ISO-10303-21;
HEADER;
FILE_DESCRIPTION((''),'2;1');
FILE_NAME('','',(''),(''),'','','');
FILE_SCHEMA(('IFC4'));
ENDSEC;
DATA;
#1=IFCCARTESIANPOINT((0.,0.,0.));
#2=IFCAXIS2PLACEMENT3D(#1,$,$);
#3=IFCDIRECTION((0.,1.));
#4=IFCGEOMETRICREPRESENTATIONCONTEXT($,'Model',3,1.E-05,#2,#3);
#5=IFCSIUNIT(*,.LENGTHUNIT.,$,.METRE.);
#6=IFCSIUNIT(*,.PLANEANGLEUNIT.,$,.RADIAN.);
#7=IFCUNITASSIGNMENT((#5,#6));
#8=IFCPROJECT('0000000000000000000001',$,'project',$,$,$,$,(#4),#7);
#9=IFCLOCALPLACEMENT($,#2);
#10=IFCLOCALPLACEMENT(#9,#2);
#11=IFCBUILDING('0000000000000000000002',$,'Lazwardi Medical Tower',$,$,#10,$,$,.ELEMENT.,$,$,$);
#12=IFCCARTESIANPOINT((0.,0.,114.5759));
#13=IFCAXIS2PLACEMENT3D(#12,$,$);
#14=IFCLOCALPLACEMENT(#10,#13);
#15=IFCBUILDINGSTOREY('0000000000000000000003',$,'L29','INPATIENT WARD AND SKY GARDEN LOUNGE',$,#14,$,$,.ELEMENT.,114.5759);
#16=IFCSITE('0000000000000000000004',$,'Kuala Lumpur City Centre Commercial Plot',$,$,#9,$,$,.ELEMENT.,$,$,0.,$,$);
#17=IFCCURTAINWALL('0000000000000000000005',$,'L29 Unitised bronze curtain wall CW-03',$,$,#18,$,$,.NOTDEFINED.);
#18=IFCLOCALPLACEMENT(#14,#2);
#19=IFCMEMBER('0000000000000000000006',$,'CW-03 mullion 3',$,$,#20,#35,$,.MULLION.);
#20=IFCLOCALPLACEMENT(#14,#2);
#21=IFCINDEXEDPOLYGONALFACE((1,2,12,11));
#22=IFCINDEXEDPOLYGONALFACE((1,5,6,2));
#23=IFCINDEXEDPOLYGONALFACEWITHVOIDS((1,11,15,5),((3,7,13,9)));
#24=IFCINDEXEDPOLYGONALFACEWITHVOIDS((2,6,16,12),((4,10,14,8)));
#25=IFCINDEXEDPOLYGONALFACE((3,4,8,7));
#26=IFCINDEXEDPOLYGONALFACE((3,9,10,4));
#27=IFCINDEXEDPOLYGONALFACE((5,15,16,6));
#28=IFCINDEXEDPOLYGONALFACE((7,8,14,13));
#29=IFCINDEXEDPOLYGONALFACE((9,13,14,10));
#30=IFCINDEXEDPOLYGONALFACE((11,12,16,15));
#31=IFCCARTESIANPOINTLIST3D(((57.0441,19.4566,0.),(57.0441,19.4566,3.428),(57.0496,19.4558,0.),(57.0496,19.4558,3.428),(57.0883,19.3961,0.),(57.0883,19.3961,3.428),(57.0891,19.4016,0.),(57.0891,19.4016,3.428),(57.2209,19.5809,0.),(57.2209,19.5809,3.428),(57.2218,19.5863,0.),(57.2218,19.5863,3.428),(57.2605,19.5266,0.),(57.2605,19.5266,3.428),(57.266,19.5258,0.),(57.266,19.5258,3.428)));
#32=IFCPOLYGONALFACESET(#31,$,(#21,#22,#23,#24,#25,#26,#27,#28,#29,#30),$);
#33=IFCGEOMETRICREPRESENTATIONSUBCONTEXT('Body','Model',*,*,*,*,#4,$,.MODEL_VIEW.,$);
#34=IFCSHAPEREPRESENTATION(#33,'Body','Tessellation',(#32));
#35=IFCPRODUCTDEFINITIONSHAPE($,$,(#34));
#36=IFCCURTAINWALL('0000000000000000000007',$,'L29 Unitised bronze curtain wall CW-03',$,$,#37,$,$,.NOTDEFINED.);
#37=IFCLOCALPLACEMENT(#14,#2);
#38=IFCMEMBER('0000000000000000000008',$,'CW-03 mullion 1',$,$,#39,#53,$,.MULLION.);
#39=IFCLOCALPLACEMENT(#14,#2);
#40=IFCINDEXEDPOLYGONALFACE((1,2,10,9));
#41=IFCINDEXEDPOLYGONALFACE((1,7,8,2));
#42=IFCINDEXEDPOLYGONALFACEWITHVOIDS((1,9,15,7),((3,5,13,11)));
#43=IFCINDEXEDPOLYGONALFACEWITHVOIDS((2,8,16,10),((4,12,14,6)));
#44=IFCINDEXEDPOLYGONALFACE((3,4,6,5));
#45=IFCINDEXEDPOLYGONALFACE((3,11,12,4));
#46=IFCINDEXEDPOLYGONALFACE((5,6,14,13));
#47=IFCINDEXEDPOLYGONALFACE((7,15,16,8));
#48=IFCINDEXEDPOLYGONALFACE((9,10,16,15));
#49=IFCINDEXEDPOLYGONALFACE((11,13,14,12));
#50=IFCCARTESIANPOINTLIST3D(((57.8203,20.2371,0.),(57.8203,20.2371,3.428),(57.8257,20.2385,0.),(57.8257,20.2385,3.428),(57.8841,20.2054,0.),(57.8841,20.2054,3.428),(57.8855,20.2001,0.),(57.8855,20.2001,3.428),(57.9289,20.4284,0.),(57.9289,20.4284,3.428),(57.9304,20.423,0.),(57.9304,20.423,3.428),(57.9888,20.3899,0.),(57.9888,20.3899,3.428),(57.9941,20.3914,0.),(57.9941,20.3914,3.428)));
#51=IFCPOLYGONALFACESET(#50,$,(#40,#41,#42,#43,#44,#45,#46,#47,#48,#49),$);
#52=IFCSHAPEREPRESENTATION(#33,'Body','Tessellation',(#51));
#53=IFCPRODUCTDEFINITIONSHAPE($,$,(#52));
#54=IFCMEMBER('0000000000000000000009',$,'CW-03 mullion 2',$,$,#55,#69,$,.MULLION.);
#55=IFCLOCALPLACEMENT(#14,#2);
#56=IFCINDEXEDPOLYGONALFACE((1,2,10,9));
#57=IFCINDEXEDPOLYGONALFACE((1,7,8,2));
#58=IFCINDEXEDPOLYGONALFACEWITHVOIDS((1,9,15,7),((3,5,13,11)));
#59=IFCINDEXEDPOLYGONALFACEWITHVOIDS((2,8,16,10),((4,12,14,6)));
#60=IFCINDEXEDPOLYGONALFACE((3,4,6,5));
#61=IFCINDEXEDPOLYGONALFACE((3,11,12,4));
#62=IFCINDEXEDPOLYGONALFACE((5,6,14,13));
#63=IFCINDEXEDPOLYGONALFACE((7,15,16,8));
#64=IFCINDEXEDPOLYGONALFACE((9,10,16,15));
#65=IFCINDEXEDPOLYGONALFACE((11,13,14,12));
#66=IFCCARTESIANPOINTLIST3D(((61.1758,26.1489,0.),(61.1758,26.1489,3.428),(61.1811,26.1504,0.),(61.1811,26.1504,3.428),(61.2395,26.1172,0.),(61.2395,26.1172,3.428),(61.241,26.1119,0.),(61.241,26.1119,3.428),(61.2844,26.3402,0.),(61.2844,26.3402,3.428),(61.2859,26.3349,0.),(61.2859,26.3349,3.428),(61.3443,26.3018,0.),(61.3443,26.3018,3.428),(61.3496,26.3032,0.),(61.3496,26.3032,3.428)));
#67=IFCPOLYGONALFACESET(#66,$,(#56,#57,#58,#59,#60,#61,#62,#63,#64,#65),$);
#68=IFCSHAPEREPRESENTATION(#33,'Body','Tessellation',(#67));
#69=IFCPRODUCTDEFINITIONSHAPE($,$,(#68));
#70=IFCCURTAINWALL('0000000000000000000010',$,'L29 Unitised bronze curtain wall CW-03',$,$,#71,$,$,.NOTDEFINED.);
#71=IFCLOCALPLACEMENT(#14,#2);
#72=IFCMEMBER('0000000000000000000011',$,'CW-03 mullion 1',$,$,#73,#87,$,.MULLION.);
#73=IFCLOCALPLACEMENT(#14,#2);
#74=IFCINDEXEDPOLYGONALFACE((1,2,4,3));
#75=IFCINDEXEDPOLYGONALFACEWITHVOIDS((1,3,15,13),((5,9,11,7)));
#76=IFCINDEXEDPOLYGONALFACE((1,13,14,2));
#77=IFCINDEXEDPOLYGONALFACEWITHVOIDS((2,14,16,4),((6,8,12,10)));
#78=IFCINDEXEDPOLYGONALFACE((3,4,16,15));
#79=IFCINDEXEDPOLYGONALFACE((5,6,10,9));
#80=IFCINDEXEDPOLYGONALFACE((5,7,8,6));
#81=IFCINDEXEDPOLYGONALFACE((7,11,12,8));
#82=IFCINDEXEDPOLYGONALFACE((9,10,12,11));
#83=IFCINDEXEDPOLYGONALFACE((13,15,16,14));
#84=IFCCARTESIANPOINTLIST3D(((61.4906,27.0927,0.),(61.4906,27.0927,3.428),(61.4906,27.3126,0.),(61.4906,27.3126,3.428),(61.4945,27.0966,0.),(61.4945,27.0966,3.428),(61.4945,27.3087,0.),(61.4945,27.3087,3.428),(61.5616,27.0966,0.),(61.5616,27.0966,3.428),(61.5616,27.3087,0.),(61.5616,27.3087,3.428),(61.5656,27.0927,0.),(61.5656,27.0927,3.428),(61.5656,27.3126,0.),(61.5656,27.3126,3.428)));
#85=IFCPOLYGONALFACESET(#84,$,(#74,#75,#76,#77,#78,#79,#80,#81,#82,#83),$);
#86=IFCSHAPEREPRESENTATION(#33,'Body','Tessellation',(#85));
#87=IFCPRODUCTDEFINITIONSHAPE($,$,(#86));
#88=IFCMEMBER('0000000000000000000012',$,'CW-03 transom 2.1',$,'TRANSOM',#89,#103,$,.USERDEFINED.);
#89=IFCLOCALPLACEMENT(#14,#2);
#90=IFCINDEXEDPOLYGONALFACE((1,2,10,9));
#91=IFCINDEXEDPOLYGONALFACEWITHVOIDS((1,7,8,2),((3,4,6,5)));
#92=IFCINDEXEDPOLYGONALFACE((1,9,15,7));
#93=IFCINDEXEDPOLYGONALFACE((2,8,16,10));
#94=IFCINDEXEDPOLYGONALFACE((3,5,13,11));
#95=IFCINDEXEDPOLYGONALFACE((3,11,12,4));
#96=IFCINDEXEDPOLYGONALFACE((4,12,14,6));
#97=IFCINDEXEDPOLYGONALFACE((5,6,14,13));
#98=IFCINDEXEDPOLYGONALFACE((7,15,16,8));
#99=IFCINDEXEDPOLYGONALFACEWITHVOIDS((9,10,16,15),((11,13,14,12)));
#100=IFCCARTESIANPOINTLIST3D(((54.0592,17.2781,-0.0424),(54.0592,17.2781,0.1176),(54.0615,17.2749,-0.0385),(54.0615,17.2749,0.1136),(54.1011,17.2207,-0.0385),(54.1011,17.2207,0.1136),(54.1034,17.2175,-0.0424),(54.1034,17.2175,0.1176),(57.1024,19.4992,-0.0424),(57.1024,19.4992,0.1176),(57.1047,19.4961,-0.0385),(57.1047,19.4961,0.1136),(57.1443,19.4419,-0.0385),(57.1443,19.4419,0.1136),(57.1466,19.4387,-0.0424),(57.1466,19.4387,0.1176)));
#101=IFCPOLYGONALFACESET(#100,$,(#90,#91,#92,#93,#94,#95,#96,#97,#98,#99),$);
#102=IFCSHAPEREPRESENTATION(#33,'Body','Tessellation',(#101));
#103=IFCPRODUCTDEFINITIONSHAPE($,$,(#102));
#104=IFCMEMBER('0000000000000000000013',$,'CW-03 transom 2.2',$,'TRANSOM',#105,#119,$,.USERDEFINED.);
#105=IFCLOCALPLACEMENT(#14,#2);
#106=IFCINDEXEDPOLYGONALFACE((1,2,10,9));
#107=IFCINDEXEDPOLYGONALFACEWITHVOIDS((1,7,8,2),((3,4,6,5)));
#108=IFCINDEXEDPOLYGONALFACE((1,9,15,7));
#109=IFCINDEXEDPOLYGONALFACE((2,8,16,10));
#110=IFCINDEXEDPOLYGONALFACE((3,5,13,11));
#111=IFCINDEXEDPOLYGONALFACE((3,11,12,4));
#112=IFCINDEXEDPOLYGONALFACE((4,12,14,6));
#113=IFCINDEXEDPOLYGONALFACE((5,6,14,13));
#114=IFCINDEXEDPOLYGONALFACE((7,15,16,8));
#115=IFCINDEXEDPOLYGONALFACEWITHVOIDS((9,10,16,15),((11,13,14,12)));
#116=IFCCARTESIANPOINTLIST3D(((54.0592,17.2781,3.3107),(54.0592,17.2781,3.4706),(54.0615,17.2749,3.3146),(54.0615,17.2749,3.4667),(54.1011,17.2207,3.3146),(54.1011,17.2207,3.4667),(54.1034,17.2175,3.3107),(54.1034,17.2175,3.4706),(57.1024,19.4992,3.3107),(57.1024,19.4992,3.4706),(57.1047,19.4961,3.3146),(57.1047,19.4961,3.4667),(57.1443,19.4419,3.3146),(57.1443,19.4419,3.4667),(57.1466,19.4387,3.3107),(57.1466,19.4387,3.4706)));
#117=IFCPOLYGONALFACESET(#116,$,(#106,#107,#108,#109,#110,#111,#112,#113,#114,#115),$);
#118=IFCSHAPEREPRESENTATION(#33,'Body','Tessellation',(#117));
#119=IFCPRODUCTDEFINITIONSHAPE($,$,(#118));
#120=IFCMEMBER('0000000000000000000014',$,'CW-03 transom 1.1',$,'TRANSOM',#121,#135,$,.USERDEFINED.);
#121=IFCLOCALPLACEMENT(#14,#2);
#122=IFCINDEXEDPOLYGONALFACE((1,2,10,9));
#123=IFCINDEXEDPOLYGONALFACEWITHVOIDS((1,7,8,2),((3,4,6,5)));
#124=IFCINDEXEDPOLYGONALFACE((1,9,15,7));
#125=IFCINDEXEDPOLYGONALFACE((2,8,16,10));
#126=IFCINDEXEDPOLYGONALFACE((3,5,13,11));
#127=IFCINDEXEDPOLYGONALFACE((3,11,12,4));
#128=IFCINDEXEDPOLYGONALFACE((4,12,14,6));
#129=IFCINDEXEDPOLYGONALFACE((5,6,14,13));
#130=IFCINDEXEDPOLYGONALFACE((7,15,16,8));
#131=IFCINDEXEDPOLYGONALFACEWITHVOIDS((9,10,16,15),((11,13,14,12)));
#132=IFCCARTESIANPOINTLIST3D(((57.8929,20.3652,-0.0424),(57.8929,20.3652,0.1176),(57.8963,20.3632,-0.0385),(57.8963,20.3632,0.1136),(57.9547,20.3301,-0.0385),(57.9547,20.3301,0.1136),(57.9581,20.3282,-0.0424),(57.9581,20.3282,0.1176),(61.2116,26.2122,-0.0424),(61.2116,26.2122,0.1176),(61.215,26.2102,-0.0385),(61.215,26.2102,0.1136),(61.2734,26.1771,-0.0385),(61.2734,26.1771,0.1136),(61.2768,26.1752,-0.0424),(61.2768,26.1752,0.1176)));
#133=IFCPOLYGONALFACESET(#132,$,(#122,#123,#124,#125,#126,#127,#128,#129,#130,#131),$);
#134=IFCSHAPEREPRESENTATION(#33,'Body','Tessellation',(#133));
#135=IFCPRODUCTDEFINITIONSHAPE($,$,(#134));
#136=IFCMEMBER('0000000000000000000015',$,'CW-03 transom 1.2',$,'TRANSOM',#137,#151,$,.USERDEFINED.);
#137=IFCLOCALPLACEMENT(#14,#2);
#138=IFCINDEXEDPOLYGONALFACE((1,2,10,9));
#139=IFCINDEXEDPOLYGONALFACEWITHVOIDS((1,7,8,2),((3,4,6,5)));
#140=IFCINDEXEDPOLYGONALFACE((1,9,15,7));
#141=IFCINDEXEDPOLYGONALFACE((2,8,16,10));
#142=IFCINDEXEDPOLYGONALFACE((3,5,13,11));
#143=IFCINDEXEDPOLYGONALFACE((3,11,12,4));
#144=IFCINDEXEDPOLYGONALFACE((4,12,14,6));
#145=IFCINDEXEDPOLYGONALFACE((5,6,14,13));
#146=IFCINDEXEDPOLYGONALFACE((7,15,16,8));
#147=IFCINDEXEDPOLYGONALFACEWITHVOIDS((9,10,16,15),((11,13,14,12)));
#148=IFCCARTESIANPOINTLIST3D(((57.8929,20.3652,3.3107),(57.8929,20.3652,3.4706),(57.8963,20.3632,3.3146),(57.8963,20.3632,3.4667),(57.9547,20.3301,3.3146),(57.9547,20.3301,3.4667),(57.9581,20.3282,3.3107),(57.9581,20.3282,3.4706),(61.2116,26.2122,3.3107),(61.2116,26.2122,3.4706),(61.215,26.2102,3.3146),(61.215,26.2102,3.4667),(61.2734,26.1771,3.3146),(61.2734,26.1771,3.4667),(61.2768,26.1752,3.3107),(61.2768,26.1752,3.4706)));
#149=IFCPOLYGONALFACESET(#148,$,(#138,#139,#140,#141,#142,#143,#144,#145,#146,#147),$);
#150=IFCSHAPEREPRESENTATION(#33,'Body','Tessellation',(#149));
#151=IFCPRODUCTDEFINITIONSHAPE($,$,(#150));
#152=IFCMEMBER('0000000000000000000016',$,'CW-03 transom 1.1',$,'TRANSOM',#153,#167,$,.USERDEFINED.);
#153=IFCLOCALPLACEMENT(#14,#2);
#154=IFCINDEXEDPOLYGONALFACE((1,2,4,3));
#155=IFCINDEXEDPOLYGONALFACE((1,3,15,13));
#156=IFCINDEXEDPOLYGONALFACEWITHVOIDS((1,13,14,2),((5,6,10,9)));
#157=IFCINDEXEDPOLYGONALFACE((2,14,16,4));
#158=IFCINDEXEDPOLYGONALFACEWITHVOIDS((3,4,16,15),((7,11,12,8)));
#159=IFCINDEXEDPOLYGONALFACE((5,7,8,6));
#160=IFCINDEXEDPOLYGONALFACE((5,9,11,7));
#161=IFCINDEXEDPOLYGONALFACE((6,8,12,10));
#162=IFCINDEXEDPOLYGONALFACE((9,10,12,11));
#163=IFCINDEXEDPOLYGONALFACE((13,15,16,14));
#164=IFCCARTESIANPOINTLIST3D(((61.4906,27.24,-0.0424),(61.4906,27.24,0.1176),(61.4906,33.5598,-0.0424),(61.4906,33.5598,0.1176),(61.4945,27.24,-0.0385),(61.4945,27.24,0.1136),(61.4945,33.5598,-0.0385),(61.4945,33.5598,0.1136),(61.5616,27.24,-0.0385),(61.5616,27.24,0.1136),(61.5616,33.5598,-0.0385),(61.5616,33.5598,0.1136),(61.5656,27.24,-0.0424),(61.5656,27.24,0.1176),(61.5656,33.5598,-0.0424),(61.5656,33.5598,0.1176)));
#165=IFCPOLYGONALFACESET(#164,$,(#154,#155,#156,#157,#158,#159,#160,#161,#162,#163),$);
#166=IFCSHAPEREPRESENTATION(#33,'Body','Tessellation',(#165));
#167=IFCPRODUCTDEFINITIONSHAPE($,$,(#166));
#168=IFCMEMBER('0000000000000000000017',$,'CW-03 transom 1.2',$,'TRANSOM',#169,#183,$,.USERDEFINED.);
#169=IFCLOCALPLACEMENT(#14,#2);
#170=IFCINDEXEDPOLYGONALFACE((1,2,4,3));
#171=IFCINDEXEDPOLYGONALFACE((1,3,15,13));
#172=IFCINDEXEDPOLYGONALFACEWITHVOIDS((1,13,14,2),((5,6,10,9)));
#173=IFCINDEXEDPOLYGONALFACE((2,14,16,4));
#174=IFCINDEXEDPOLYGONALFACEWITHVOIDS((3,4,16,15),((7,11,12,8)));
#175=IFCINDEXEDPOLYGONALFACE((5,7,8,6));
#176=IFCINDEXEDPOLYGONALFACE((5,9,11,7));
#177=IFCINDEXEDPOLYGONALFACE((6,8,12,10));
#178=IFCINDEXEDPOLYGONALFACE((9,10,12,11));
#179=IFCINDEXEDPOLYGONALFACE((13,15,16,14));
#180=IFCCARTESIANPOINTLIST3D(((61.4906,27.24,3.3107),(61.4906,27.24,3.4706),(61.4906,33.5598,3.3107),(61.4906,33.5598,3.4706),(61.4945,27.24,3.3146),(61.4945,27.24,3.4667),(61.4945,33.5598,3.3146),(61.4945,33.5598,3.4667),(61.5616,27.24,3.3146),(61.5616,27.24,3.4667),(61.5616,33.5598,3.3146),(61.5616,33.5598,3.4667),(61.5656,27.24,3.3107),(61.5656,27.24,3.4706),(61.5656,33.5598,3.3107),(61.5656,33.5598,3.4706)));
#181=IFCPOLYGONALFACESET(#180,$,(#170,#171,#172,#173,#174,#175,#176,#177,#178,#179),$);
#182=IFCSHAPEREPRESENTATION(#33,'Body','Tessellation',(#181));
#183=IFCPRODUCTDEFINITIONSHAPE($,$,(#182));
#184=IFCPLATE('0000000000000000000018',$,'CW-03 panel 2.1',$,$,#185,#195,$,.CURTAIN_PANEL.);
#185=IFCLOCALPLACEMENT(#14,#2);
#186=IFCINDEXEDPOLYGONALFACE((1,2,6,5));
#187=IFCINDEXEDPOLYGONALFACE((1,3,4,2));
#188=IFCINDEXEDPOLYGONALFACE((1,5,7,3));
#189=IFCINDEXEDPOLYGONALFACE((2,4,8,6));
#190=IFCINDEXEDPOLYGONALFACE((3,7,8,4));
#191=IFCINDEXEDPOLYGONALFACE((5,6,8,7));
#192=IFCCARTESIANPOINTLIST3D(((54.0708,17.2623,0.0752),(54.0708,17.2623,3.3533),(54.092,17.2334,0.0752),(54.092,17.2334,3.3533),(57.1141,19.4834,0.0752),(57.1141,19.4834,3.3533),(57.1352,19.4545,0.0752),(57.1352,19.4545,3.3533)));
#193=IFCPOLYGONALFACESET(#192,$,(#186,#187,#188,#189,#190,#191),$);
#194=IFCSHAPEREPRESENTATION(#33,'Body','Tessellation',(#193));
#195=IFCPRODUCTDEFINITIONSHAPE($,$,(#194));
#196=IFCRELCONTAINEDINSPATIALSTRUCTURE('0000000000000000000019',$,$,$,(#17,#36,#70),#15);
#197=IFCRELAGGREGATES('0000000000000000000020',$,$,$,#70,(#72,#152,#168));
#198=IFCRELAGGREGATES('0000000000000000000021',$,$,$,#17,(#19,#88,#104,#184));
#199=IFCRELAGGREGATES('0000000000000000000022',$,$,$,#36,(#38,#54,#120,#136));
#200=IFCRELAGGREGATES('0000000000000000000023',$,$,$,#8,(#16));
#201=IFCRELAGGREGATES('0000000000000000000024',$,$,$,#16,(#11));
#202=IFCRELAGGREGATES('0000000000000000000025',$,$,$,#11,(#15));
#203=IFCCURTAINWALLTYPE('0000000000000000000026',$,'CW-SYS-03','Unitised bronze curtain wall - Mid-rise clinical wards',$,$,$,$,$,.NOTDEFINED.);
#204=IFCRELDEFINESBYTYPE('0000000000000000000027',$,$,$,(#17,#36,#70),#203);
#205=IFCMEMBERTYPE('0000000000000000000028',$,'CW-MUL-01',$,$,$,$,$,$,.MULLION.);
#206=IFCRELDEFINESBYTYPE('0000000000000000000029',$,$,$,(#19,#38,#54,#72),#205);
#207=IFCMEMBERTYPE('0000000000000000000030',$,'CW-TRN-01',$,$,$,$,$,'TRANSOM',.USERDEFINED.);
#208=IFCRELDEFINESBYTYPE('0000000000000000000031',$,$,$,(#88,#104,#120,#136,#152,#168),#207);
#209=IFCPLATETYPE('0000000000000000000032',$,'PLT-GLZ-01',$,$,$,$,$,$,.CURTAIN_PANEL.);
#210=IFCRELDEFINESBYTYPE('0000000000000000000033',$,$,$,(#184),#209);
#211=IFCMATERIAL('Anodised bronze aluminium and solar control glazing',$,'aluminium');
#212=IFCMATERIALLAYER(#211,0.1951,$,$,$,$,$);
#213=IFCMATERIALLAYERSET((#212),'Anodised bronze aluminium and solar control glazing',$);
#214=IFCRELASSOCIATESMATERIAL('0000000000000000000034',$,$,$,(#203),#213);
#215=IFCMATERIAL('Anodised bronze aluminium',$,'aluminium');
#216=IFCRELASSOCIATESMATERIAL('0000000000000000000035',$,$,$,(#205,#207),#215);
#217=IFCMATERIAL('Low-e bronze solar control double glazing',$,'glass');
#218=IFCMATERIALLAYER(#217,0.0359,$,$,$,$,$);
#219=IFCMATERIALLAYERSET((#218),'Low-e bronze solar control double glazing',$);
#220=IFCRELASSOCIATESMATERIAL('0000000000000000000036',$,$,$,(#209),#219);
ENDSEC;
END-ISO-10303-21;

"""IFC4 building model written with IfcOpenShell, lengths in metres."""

from ifc_helpers import new_model, si_unit, direction, frame, origin, origin_2d, place, context, subcontext, project, spatial, rectangle, hollow_rectangle, extrude, material, layer, layer_set, material_profile, profile_set, type_object, element, aggregate, save


model = new_model("IFC4")

# Units and contexts
model_context = context("Model", 3, precision=1e-05, world=origin(), true_north=direction((0.0, 1.0)))
body_context = subcontext(model_context, "Body", "Model", "MODEL_VIEW")
ifc_project = project(units=[si_unit("LENGTHUNIT", "METRE"), si_unit("PLANEANGLEUNIT", "RADIAN")], contexts=[model_context])

# Site, building, storey
site_placement = place(None, origin())
site = spatial("IfcSite", under=ifc_project, at=site_placement, Name="Kuala Lumpur City Centre Commercial Plot", CompositionType="ELEMENT", RefElevation=0.0)
building_placement = place(site_placement, origin())
building = spatial("IfcBuilding", under=site, at=building_placement, Name="Lazwardi Medical Tower", CompositionType="ELEMENT")
storey_placement = place(building_placement, frame((0.0, 0.0, 114.5759)))
storey = spatial("IfcBuildingStorey", under=building, at=storey_placement, Name="L29", Description="INPATIENT WARD AND SKY GARDEN LOUNGE", CompositionType="ELEMENT", Elevation=114.5759)

# Curtain wall, member
ifc_material_1 = material(Name="Anodised bronze aluminium and solar control glazing", Category="aluminium")
ifc_layer_1 = layer(ifc_material_1, 0.1951)
ifc_layer_set_1 = layer_set([ifc_layer_1], Name="Anodised bronze aluminium and solar control glazing")
curtain_wall_type = type_object("IfcCurtainWallType", Name="CW-SYS-03", Description="Unitised bronze curtain wall - Mid-rise clinical wards", PredefinedType="NOTDEFINED", material=ifc_layer_set_1)
curtain_wall_1_placement = place(storey_placement, origin())
curtain_wall_1 = element("IfcCurtainWall", 1, at=curtain_wall_1_placement, inside=storey, type_object=curtain_wall_type, Name="L29 Unitised bronze curtain wall CW-03", PredefinedType="NOTDEFINED")
ifc_material_2 = material(Name="Anodised bronze aluminium", Category="aluminium")
ifc_material_profile_1 = material_profile(ifc_material_2, hollow_rectangle(XDim=0.075, YDim=0.22, WallThickness=0.0039, at=origin_2d()), Name="ALU-MULLION 220x75x4")
ifc_profile_set_1 = profile_set([ifc_material_profile_1], Name="Anodised bronze aluminium")
member_type_1 = type_object("IfcMemberType", Name="CW-MUL-01", PredefinedType="MULLION", material=ifc_profile_set_1)
member_1_placement = place(storey_placement, frame((57.155, 19.4912, 0.0), z_axis=(0.0, 0.0, 1.0), x_axis=(-0.589531, 0.807746, 0.0)))
member_1 = element("IfcMember", 2, at=member_1_placement, type_object=member_type_1, Name="CW-03 mullion 3", PredefinedType="MULLION", context=body_context, shape_type="SweptSolid", body=[
    extrude(hollow_rectangle(XDim=0.075, YDim=0.22, WallThickness=0.0039, at=origin_2d()), origin(), (0.0, 0.0, 1.0), 3.428),
])

# Curtain wall, members
curtain_wall_2_placement = place(storey_placement, origin())
curtain_wall_2 = element("IfcCurtainWall", 3, at=curtain_wall_2_placement, inside=storey, type_object=curtain_wall_type, Name="L29 Unitised bronze curtain wall CW-03", PredefinedType="NOTDEFINED")
member_2_placement = place(storey_placement, frame((57.9072, 20.3142, 0.0), z_axis=(0.0, 0.0, 1.0), x_axis=(-0.869687, 0.493603, 0.0)))
member_2 = element("IfcMember", 4, at=member_2_placement, type_object=member_type_1, Name="CW-03 mullion 1", PredefinedType="MULLION", context=body_context, shape_type="SweptSolid", body=[
    extrude(hollow_rectangle(XDim=0.075, YDim=0.22, WallThickness=0.0039, at=origin_2d()), origin(), (0.0, 0.0, 1.0), 3.428),
])
member_3_placement = place(storey_placement, frame((61.2627, 26.2261, 0.0), z_axis=(0.0, 0.0, 1.0), x_axis=(-0.869687, 0.493603, 0.0)))
member_3 = element("IfcMember", 5, at=member_3_placement, type_object=member_type_1, Name="CW-03 mullion 2", PredefinedType="MULLION", context=body_context, shape_type="SweptSolid", body=[
    extrude(hollow_rectangle(XDim=0.075, YDim=0.22, WallThickness=0.0039, at=origin_2d()), origin(), (0.0, 0.0, 1.0), 3.428),
])

# Curtain wall, member
curtain_wall_3_placement = place(storey_placement, origin())
curtain_wall_3 = element("IfcCurtainWall", 6, at=curtain_wall_3_placement, inside=storey, type_object=curtain_wall_type, Name="L29 Unitised bronze curtain wall CW-03", PredefinedType="NOTDEFINED")
member_4_placement = place(storey_placement, frame((61.5281, 27.2026, 0.0), z_axis=(0.0, 0.0, 1.0), x_axis=(-1.0, 0.0, 0.0)))
member_4 = element("IfcMember", 7, at=member_4_placement, type_object=member_type_1, Name="CW-03 mullion 1", PredefinedType="MULLION", context=body_context, shape_type="SweptSolid", body=[
    extrude(hollow_rectangle(XDim=0.075, YDim=0.22, WallThickness=0.0039, at=origin_2d()), origin(), (0.0, 0.0, 1.0), 3.428),
])

# Members
ifc_material_profile_2 = material_profile(ifc_material_2, hollow_rectangle(XDim=0.075, YDim=0.1599, WallThickness=0.0039, at=origin_2d()), Name="ALU-TRANSOM 160x75x4")
ifc_profile_set_2 = profile_set([ifc_material_profile_2], Name="Anodised bronze aluminium")
member_type_2 = type_object("IfcMemberType", Name="CW-TRN-01", ElementType="TRANSOM", PredefinedType="USERDEFINED", material=ifc_profile_set_2)
member_5_placement = place(storey_placement, frame((54.0813, 17.2478, 0.0376), z_axis=(0.807732, 0.58955, 0.0), x_axis=(-0.58955, 0.807732, 0.0)))
member_5 = element("IfcMember", 8, at=member_5_placement, type_object=member_type_2, Name="CW-03 transom 2.1", ObjectType="TRANSOM", PredefinedType="USERDEFINED", context=body_context, shape_type="SweptSolid", body=[
    extrude(hollow_rectangle(XDim=0.075, YDim=0.1599, WallThickness=0.0039, at=origin_2d()), origin(), (0.0, 0.0, 1.0), 3.7676),
])
member_6_placement = place(storey_placement, frame((54.0813, 17.2478, 3.3906), z_axis=(0.807732, 0.58955, 0.0), x_axis=(-0.58955, 0.807732, 0.0)))
member_6 = element("IfcMember", 9, at=member_6_placement, type_object=member_type_2, Name="CW-03 transom 2.2", ObjectType="TRANSOM", PredefinedType="USERDEFINED", context=body_context, shape_type="SweptSolid", body=[
    extrude(hollow_rectangle(XDim=0.075, YDim=0.1599, WallThickness=0.0039, at=origin_2d()), origin(), (0.0, 0.0, 1.0), 3.7676),
])
member_7_placement = place(storey_placement, frame((57.9255, 20.3467, 0.0376), z_axis=(0.493614, 0.869681, 0.0), x_axis=(-0.869681, 0.493614, 0.0)))
member_7 = element("IfcMember", 10, at=member_7_placement, type_object=member_type_2, Name="CW-03 transom 1.1", ObjectType="TRANSOM", PredefinedType="USERDEFINED", context=body_context, shape_type="SweptSolid", body=[
    extrude(hollow_rectangle(XDim=0.075, YDim=0.1599, WallThickness=0.0039, at=origin_2d()), origin(), (0.0, 0.0, 1.0), 6.7231),
])
member_8_placement = place(storey_placement, frame((57.9255, 20.3467, 3.3906), z_axis=(0.493614, 0.869681, 0.0), x_axis=(-0.869681, 0.493614, 0.0)))
member_8 = element("IfcMember", 11, at=member_8_placement, type_object=member_type_2, Name="CW-03 transom 1.2", ObjectType="TRANSOM", PredefinedType="USERDEFINED", context=body_context, shape_type="SweptSolid", body=[
    extrude(hollow_rectangle(XDim=0.075, YDim=0.1599, WallThickness=0.0039, at=origin_2d()), origin(), (0.0, 0.0, 1.0), 6.7231),
])
member_9_placement = place(storey_placement, frame((61.5281, 27.24, 0.0376), z_axis=(0.0, 1.0, 0.0), x_axis=(-1.0, 0.0, 0.0)))
member_9 = element("IfcMember", 12, at=member_9_placement, type_object=member_type_2, Name="CW-03 transom 1.1", ObjectType="TRANSOM", PredefinedType="USERDEFINED", context=body_context, shape_type="SweptSolid", body=[
    extrude(hollow_rectangle(XDim=0.075, YDim=0.1599, WallThickness=0.0039, at=origin_2d()), origin(), (0.0, 0.0, 1.0), 6.3198),
])
member_10_placement = place(storey_placement, frame((61.5281, 27.24, 3.3906), z_axis=(0.0, 1.0, 0.0), x_axis=(-1.0, 0.0, 0.0)))
member_10 = element("IfcMember", 13, at=member_10_placement, type_object=member_type_2, Name="CW-03 transom 1.2", ObjectType="TRANSOM", PredefinedType="USERDEFINED", context=body_context, shape_type="SweptSolid", body=[
    extrude(hollow_rectangle(XDim=0.075, YDim=0.1599, WallThickness=0.0039, at=origin_2d()), origin(), (0.0, 0.0, 1.0), 6.3198),
])
aggregate(curtain_wall_3, [member_4, member_9, member_10])

# Plate
ifc_material_3 = material(Name="Low-e bronze solar control double glazing", Category="glass")
ifc_layer_2 = layer(ifc_material_3, 0.0359)
ifc_layer_set_2 = layer_set([ifc_layer_2], Name="Low-e bronze solar control double glazing")
plate_type = type_object("IfcPlateType", Name="PLT-GLZ-01", PredefinedType="CURTAIN_PANEL", material=ifc_layer_set_2)
plate_1_placement = place(storey_placement, frame((55.603, 18.3584, 0.0752), z_axis=(0.0, 0.0, 1.0), x_axis=(0.807746, 0.589531, 0.0)))
plate_1 = element("IfcPlate", 14, at=plate_1_placement, type_object=plate_type, Name="CW-03 panel 2.1", PredefinedType="CURTAIN_PANEL", context=body_context, shape_type="SweptSolid", body=[
    extrude(rectangle(XDim=3.7676, YDim=0.0359, at=origin_2d()), origin(), (0.0, 0.0, 1.0), 3.2781),
])
aggregate(curtain_wall_1, [member_1, member_5, member_6, plate_1])
aggregate(curtain_wall_2, [member_2, member_3, member_7, member_8])

save(model, "model.ifc")
